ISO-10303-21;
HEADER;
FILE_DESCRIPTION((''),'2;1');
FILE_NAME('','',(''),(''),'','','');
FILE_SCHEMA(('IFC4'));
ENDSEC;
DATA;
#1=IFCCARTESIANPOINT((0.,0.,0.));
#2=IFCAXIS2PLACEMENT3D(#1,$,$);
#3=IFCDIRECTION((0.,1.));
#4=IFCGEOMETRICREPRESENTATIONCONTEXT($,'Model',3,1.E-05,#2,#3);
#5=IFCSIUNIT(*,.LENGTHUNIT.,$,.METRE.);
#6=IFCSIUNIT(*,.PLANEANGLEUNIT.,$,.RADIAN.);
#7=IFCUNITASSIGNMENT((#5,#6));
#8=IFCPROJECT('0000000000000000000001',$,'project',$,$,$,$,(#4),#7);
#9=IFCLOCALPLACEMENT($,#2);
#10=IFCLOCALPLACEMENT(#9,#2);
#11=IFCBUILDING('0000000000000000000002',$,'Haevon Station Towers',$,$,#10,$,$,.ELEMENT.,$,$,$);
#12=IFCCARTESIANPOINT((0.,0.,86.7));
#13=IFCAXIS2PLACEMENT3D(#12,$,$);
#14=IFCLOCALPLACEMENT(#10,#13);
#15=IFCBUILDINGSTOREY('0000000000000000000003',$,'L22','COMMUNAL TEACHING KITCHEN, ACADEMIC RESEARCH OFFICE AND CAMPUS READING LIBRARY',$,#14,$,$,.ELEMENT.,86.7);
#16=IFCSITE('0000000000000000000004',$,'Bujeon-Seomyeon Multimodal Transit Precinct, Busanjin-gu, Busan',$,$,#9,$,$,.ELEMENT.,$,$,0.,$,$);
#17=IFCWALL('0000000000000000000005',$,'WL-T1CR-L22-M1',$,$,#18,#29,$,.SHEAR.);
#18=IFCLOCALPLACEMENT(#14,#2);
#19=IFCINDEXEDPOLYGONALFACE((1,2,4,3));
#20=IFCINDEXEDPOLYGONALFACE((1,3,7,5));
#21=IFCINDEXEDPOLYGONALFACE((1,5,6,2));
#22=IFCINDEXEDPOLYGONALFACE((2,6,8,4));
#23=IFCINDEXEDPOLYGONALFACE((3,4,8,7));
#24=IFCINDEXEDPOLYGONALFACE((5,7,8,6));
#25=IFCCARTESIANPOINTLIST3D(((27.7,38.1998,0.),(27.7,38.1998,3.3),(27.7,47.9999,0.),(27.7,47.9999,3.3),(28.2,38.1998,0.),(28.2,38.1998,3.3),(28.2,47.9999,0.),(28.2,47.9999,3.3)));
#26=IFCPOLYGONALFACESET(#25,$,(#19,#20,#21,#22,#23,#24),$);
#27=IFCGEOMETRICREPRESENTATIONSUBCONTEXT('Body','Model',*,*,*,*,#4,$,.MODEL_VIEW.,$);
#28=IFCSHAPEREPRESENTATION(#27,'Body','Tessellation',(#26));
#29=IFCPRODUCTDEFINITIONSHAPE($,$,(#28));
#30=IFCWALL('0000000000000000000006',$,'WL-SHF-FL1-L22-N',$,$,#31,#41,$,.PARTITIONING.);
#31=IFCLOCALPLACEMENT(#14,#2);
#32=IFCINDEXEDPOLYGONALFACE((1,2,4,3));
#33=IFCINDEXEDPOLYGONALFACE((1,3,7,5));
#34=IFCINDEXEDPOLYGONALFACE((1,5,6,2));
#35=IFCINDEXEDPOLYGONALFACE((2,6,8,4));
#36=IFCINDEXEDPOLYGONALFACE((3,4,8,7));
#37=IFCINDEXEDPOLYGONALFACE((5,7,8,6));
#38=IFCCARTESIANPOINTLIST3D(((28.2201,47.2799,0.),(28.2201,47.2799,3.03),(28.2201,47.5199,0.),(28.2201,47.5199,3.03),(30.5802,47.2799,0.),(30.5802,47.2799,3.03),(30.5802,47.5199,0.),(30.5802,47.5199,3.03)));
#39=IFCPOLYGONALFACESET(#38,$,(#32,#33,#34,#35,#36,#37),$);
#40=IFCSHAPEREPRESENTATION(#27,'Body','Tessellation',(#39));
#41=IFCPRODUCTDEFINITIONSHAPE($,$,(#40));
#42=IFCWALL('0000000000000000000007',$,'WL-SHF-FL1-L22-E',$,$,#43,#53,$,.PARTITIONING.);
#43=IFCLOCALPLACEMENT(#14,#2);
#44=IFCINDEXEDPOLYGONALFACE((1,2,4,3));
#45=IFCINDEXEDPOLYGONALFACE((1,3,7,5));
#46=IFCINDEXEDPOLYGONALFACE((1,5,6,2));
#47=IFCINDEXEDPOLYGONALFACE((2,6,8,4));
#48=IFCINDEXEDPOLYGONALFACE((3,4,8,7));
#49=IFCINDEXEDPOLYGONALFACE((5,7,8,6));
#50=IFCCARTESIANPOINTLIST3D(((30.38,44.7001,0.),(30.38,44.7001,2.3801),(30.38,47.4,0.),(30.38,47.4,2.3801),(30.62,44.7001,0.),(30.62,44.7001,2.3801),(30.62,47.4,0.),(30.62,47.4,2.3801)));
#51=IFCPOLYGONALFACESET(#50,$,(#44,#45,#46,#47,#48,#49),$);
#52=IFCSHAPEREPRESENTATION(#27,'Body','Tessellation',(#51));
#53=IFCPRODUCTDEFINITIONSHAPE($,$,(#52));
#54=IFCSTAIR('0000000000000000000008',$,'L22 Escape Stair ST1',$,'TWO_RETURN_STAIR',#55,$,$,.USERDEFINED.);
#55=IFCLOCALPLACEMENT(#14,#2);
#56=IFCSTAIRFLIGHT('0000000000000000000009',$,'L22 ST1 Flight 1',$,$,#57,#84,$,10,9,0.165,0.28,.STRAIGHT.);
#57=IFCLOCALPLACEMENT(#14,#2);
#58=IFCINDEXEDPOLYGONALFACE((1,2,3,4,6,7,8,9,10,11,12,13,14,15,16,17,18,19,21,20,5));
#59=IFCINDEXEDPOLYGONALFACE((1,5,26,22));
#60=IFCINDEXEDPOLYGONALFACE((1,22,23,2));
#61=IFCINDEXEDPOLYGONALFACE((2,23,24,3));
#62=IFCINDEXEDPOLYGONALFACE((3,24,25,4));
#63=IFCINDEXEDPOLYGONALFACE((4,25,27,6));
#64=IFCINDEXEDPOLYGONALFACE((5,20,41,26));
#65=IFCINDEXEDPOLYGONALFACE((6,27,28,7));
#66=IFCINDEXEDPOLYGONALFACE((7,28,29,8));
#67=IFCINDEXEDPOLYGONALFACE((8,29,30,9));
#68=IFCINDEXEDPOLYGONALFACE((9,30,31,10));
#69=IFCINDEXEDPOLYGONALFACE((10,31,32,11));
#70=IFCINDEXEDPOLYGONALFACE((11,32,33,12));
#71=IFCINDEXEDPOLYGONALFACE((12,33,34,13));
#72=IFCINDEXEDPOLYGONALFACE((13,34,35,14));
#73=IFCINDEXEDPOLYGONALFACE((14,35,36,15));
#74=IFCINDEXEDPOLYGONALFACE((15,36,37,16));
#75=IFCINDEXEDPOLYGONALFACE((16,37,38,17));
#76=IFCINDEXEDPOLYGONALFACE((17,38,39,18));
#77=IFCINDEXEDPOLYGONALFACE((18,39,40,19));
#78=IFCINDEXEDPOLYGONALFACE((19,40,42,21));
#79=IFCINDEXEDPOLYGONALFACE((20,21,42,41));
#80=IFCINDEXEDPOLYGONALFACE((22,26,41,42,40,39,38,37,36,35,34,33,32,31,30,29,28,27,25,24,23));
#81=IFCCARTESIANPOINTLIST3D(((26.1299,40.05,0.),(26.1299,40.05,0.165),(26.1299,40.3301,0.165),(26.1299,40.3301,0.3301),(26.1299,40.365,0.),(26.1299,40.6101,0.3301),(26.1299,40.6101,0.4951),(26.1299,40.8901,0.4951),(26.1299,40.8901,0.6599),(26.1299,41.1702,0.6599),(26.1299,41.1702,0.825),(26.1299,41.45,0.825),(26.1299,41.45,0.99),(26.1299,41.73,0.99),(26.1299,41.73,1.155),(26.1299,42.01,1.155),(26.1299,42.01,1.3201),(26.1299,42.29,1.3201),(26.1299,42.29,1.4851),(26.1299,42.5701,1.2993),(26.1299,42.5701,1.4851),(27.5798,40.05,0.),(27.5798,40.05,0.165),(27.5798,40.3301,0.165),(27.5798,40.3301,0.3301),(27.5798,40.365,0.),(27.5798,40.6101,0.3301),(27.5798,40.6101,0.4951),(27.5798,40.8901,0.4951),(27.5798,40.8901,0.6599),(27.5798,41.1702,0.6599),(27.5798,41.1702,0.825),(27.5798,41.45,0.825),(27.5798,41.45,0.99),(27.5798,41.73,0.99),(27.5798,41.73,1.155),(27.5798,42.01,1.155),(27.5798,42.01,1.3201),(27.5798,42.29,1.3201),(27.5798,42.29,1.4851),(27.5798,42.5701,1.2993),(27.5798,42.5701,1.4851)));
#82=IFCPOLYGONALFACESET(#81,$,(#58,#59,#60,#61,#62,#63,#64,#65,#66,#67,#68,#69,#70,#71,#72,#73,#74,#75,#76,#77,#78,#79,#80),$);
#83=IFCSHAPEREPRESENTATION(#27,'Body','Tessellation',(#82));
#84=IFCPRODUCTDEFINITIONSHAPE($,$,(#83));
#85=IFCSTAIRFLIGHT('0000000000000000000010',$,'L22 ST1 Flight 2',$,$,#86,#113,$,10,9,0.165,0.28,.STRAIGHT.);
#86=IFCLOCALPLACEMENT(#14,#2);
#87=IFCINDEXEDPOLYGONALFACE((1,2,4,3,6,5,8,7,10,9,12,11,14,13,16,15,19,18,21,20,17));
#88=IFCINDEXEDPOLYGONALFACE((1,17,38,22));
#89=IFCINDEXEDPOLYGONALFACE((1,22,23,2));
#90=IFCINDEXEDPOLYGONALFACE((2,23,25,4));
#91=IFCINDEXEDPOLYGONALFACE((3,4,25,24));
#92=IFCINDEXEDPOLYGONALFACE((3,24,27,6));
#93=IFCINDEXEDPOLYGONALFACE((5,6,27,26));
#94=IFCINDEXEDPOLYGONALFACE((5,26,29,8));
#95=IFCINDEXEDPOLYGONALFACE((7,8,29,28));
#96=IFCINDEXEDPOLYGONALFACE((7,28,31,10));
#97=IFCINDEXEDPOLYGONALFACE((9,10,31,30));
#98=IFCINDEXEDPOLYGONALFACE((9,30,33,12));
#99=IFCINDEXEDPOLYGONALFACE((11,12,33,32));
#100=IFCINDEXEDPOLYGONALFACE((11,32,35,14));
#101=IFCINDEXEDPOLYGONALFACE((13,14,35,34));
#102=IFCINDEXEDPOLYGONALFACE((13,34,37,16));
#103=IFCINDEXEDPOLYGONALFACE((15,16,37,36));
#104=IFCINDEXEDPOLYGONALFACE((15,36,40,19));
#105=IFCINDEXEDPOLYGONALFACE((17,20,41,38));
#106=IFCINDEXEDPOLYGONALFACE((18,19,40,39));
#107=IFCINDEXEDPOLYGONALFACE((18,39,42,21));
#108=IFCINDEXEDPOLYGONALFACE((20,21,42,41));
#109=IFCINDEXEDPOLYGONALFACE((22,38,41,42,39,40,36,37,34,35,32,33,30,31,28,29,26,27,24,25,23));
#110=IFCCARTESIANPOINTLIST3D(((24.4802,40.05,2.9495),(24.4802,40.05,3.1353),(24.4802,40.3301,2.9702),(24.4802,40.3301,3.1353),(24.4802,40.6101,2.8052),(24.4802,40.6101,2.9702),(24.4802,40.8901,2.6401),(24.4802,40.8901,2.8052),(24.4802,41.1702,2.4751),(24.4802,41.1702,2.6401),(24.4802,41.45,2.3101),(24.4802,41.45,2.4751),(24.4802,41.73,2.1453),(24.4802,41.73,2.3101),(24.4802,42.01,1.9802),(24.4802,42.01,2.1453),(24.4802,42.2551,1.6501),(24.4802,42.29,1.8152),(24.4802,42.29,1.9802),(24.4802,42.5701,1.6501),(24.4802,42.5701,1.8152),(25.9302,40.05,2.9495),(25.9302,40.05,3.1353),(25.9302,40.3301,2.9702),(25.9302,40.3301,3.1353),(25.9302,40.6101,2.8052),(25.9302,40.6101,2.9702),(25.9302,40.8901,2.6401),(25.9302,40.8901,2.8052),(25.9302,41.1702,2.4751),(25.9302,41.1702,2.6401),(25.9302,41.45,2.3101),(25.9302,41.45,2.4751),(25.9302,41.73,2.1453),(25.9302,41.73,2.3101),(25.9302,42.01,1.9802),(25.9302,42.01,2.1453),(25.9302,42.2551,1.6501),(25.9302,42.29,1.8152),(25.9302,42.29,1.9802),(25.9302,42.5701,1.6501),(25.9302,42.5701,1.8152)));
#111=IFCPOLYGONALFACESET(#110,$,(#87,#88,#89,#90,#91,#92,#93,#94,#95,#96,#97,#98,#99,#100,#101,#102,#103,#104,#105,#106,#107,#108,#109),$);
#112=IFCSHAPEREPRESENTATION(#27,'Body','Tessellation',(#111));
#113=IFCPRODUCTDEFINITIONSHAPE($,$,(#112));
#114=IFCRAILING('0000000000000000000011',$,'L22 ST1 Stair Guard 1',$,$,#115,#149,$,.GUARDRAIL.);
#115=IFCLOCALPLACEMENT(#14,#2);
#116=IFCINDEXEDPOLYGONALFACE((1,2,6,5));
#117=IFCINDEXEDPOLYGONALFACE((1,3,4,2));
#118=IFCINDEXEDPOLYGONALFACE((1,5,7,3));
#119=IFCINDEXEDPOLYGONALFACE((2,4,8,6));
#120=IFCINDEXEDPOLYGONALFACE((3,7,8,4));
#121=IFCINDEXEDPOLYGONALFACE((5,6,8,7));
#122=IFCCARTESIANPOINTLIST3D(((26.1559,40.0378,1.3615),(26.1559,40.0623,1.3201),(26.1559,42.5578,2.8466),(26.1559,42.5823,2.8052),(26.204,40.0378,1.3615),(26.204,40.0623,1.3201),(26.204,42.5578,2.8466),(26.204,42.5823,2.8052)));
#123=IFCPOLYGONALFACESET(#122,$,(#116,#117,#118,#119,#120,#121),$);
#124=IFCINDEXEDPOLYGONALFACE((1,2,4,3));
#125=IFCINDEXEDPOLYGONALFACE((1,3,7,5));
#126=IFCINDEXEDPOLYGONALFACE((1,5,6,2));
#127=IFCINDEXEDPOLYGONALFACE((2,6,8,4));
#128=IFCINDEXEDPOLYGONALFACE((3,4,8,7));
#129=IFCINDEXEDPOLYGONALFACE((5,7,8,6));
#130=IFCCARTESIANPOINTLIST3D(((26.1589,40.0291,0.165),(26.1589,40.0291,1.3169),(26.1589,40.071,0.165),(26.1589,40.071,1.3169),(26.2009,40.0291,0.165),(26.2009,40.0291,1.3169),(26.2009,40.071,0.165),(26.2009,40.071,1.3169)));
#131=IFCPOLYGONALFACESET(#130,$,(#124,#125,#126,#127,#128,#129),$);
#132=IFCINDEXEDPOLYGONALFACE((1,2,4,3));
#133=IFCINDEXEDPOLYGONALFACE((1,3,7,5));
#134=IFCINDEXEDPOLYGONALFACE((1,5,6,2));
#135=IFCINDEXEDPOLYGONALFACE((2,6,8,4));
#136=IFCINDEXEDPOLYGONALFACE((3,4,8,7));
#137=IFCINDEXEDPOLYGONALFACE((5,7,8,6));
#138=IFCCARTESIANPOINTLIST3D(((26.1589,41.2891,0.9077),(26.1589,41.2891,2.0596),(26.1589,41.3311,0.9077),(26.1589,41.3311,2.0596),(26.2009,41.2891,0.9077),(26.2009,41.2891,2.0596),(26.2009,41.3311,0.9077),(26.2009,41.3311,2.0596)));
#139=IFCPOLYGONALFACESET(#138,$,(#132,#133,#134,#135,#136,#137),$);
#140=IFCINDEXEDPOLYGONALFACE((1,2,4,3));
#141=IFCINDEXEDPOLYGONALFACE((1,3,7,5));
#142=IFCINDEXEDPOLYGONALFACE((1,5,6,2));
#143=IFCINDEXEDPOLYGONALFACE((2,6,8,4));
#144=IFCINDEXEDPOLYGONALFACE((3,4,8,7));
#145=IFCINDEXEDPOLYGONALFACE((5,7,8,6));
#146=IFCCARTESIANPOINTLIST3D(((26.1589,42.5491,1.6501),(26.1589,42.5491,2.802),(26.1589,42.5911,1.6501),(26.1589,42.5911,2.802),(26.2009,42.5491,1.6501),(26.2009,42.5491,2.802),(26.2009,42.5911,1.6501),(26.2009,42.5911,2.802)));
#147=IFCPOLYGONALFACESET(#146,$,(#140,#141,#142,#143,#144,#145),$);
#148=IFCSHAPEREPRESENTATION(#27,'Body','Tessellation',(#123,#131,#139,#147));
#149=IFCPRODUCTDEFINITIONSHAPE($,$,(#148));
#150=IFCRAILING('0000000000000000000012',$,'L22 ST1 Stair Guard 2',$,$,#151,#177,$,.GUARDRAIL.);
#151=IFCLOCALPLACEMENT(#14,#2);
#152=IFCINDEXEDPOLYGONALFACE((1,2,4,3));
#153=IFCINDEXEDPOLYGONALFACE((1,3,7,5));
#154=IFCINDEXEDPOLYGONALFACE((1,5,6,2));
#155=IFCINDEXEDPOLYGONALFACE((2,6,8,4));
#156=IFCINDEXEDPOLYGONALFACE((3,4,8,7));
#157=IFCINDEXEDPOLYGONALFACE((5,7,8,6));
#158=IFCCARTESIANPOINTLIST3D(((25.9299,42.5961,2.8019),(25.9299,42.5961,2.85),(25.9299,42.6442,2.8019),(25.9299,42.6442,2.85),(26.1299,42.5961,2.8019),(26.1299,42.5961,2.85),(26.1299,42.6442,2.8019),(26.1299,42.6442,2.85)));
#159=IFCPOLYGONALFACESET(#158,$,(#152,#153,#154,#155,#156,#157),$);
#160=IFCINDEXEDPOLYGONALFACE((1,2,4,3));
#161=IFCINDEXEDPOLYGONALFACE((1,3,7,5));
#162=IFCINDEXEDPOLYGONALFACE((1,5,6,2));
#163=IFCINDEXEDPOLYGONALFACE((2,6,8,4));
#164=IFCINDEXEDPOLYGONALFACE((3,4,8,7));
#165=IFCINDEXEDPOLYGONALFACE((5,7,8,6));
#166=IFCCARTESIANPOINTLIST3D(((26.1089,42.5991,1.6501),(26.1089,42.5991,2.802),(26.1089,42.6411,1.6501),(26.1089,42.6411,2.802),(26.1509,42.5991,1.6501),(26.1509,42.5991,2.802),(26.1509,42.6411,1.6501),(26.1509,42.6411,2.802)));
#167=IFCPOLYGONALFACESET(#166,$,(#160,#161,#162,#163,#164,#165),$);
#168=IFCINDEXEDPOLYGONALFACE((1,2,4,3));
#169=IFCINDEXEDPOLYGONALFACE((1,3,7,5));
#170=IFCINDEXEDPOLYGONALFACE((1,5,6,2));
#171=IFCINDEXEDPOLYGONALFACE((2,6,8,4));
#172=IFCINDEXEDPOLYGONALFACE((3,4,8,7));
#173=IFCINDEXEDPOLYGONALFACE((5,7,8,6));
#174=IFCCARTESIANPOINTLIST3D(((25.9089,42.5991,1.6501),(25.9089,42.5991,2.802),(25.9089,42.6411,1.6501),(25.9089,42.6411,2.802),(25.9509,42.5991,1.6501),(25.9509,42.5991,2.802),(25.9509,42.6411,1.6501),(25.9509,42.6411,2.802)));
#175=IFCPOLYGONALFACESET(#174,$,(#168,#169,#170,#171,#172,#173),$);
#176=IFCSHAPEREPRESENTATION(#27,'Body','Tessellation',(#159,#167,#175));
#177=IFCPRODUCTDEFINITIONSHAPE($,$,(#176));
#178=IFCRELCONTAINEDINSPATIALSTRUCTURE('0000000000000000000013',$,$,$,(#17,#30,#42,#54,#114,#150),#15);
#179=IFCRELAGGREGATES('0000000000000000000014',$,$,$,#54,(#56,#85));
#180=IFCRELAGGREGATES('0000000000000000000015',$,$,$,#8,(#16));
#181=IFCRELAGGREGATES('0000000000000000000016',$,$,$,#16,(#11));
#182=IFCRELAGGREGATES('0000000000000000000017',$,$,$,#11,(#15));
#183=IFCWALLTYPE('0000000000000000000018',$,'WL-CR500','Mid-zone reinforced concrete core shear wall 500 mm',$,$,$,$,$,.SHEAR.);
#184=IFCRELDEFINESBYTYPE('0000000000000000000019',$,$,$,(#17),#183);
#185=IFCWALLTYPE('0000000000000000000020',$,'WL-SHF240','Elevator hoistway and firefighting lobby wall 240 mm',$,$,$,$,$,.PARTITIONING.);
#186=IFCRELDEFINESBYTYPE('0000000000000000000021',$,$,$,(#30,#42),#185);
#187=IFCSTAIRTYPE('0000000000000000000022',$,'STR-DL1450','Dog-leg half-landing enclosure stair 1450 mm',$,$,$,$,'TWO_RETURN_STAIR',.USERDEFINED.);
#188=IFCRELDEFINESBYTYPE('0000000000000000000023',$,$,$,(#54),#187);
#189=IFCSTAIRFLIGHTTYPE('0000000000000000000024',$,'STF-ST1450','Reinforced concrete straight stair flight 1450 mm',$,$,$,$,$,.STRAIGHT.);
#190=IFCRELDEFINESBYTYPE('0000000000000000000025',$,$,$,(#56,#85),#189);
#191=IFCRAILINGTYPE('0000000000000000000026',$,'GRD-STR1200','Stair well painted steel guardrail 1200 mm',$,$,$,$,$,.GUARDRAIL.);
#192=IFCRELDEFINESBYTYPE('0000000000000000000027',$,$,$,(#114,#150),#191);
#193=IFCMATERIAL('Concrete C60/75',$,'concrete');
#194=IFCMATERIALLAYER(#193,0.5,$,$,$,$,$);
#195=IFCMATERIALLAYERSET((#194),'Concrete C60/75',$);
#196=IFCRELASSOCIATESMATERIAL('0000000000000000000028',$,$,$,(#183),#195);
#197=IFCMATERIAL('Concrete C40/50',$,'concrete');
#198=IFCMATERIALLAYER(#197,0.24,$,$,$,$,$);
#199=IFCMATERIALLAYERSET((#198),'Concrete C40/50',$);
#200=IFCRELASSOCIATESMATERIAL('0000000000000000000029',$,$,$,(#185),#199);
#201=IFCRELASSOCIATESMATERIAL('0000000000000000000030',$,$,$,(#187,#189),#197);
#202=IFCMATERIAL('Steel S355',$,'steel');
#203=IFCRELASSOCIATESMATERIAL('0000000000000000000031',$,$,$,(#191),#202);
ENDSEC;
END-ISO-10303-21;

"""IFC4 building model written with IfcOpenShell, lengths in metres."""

from ifc_helpers import new_model, si_unit, direction, frame, frame_2d, origin, origin_2d, place, context, subcontext, project, spatial, polyline, rectangle, outline, extrude, material, layer, layer_set, type_object, element, aggregate, save


model = new_model("IFC4")

# Units and contexts
model_context = context("Model", 3, precision=1e-05, world=origin(), true_north=direction((0.0, 1.0)))
body_context = subcontext(model_context, "Body", "Model", "MODEL_VIEW")
ifc_project = project(units=[si_unit("LENGTHUNIT", "METRE"), si_unit("PLANEANGLEUNIT", "RADIAN")], contexts=[model_context])

# Site, building, storey
site_placement = place(None, origin())
site = spatial("IfcSite", under=ifc_project, at=site_placement, Name="Bujeon-Seomyeon Multimodal Transit Precinct, Busanjin-gu, Busan", CompositionType="ELEMENT", RefElevation=0.0)
building_placement = place(site_placement, origin())
building = spatial("IfcBuilding", under=site, at=building_placement, Name="Haevon Station Towers", CompositionType="ELEMENT")
storey_placement = place(building_placement, frame((0.0, 0.0, 86.7)))
storey = spatial("IfcBuildingStorey", under=building, at=storey_placement, Name="L22", Description="COMMUNAL TEACHING KITCHEN, ACADEMIC RESEARCH OFFICE AND CAMPUS READING LIBRARY", CompositionType="ELEMENT", Elevation=86.7)

# Shared definitions
ifc_material_1 = material(Name="Steel S355", Category="steel")

# Wall
ifc_material_2 = material(Name="Concrete C60/75", Category="concrete")
ifc_layer_1 = layer(ifc_material_2, 0.5)
ifc_layer_set_1 = layer_set([ifc_layer_1], Name="Concrete C60/75")
wall_type_1 = type_object("IfcWallType", Name="WL-CR500", Description="Mid-zone reinforced concrete core shear wall 500 mm", PredefinedType="SHEAR", material=ifc_layer_set_1)
wall_1_placement = place(storey_placement, frame((27.95, 38.2, 0.0), z_axis=(0.0, 0.0, 1.0), x_axis=(0.0, 1.0, 0.0)))
element("IfcWall", 1, at=wall_1_placement, inside=storey, type_object=wall_type_1, Name="WL-T1CR-L22-M1", PredefinedType="SHEAR", context=body_context, shape_type="SweptSolid", body=[
    extrude(rectangle(XDim=9.8, YDim=0.5, at=frame_2d((4.8999, 0.0))), origin(), (0.0, 0.0, 1.0), 3.3),
])

# Shared definitions
ifc_material_3 = material(Name="Concrete C40/50", Category="concrete")
ifc_layer_2 = layer(ifc_material_3, 0.24)
ifc_layer_set_2 = layer_set([ifc_layer_2], Name="Concrete C40/50")
wall_type_2 = type_object("IfcWallType", Name="WL-SHF240", Description="Elevator hoistway and firefighting lobby wall 240 mm", PredefinedType="PARTITIONING", material=ifc_layer_set_2)

# Walls
wall_2_placement = place(storey_placement, frame((28.22, 47.3999, 0.0), z_axis=(0.0, 0.0, 1.0), x_axis=(1.0, 0.0, 0.0)))
element("IfcWall", 2, at=wall_2_placement, inside=storey, type_object=wall_type_2, Name="WL-SHF-FL1-L22-N", PredefinedType="PARTITIONING", context=body_context, shape_type="SweptSolid", body=[
    extrude(rectangle(XDim=2.3601, YDim=0.24, at=frame_2d((1.1802, 0.0))), origin(), (0.0, 0.0, 1.0), 3.03),
])
wall_3_placement = place(storey_placement, frame((30.5, 44.7, 0.0), z_axis=(0.0, 0.0, 1.0), x_axis=(0.0, 1.0, 0.0)))
element("IfcWall", 3, at=wall_3_placement, inside=storey, type_object=wall_type_2, Name="WL-SHF-FL1-L22-E", PredefinedType="PARTITIONING", context=body_context, shape_type="SweptSolid", body=[
    extrude(rectangle(XDim=2.7, YDim=0.24, at=frame_2d((1.3501, 0.0))), origin(), (0.0, 0.0, 1.0), 2.3801),
])

# Stair, stair flights
stair_type = type_object("IfcStairType", Name="STR-DL1450", Description="Dog-leg half-landing enclosure stair 1450 mm", ElementType="TWO_RETURN_STAIR", PredefinedType="USERDEFINED", material=ifc_material_3)
stair_placement = place(storey_placement, origin())
stair = element("IfcStair", 4, at=stair_placement, inside=storey, type_object=stair_type, Name="L22 Escape Stair ST1", ObjectType="TWO_RETURN_STAIR", PredefinedType="USERDEFINED")
stair_flight_type = type_object("IfcStairFlightType", Name="STF-ST1450", Description="Reinforced concrete straight stair flight 1450 mm", PredefinedType="STRAIGHT", material=ifc_material_3)
stair_flight_1_placement = place(storey_placement, frame((26.855, 40.05, 0.0), z_axis=(0.0, 0.0, 1.0), x_axis=(0.0, 1.0, 0.0)))
stair_flight_1 = element("IfcStairFlight", 5, at=stair_flight_1_placement, type_object=stair_flight_type, Name="L22 ST1 Flight 1", NumberOfRisers=10, NumberOfTreads=9, PredefinedType="STRAIGHT", RiserHeight=0.165, TreadLength=0.28, context=body_context, shape_type="SweptSolid", body=[
    extrude(outline(polyline([(0.0, 0.0), (0.0, 0.165), (0.28, 0.165), (0.28, 0.3301), (0.5601, 0.3301), (0.5601, 0.4951), (0.8401, 0.4951), (0.8401, 0.6599), (1.1201, 0.6599), (1.1201, 0.825), (1.3999, 0.825), (1.3999, 0.99), (1.6799, 0.99), (1.6799, 1.155), (1.96, 1.155), (1.96, 1.3201), (2.24, 1.3201), (2.24, 1.4851), (2.52, 1.4851), (2.52, 1.6499), (2.52, 1.2993), (0.3149, 0.0), (0.0, 0.0)])), frame((0.0, 0.7251, 0.0), z_axis=(0.0, -1.0, 0.0), x_axis=(1.0, 0.0, 0.0)), (0.0, 0.0, 1.0), 1.45),
])
stair_flight_2_placement = place(storey_placement, frame((25.2051, 42.5701, 1.6501), z_axis=(0.0, 0.0, 1.0), x_axis=(0.0, -1.0, 0.0)))
stair_flight_2 = element("IfcStairFlight", 6, at=stair_flight_2_placement, type_object=stair_flight_type, Name="L22 ST1 Flight 2", NumberOfRisers=10, NumberOfTreads=9, PredefinedType="STRAIGHT", RiserHeight=0.165, TreadLength=0.28, context=body_context, shape_type="SweptSolid", body=[
    extrude(outline(polyline([(0.0, 0.0), (0.0, 0.165), (0.28, 0.165), (0.28, 0.3301), (0.5601, 0.3301), (0.5601, 0.4951), (0.8401, 0.4951), (0.8401, 0.6599), (1.1201, 0.6599), (1.1201, 0.825), (1.3999, 0.825), (1.3999, 0.99), (1.6799, 0.99), (1.6799, 1.155), (1.96, 1.155), (1.96, 1.3201), (2.24, 1.3201), (2.24, 1.4851), (2.52, 1.4851), (2.52, 1.6499), (2.52, 1.2993), (0.3149, 0.0), (0.0, 0.0)])), frame((0.0, 0.7251, 0.0), z_axis=(0.0, -1.0, 0.0), x_axis=(1.0, 0.0, 0.0)), (0.0, 0.0, 1.0), 1.45),
])
aggregate(stair, [stair_flight_1, stair_flight_2])

# Railings
railing_type_1 = type_object("IfcRailingType", Name="GRD-STR1200", Description="Stair well painted steel guardrail 1200 mm", PredefinedType="GUARDRAIL", material=ifc_material_1)
railing_1_placement = place(storey_placement, frame((26.1799, 40.05, 0.165)))
element("IfcRailing", 7, at=railing_1_placement, inside=storey, type_object=railing_type_1, Name="L22 ST1 Stair Guard 1", PredefinedType="GUARDRAIL", context=body_context, shape_type="SweptSolid", body=[
    extrude(rectangle(XDim=0.0481, YDim=0.0481, at=origin_2d()), frame((0.0, 0.0, 1.1758), z_axis=(0.0, 0.861524, 0.507717), x_axis=(-1.0, 0.0, 0.0)), (0.0, 0.0, 1.0), 2.925),
    extrude(rectangle(XDim=0.042, YDim=0.042, at=origin_2d()), origin(), (0.0, 0.0, 1.0), 1.1519),
    extrude(rectangle(XDim=0.042, YDim=0.042, at=origin_2d()), frame((0.0, 1.26, 0.7427)), (0.0, 0.0, 1.0), 1.1519),
    extrude(rectangle(XDim=0.042, YDim=0.042, at=origin_2d()), frame((0.0, 2.52, 1.4851)), (0.0, 0.0, 1.0), 1.1519),
])
railing_2_placement = place(storey_placement, frame((26.1299, 42.6201, 1.6501)))
element("IfcRailing", 8, at=railing_2_placement, inside=storey, type_object=railing_type_1, Name="L22 ST1 Stair Guard 2", PredefinedType="GUARDRAIL", context=body_context, shape_type="SweptSolid", body=[
    extrude(rectangle(XDim=0.0481, YDim=0.0481, at=origin_2d()), frame((0.0, 0.0, 1.1758), z_axis=(-1.0, 0.0, 0.0), x_axis=(0.0, -1.0, 0.0)), (0.0, 0.0, 1.0), 0.2),
    extrude(rectangle(XDim=0.042, YDim=0.042, at=origin_2d()), origin(), (0.0, 0.0, 1.0), 1.1519),
    extrude(rectangle(XDim=0.042, YDim=0.042, at=origin_2d()), frame((-0.2, 0.0, 0.0)), (0.0, 0.0, 1.0), 1.1519),
])

save(model, "model.ifc")
